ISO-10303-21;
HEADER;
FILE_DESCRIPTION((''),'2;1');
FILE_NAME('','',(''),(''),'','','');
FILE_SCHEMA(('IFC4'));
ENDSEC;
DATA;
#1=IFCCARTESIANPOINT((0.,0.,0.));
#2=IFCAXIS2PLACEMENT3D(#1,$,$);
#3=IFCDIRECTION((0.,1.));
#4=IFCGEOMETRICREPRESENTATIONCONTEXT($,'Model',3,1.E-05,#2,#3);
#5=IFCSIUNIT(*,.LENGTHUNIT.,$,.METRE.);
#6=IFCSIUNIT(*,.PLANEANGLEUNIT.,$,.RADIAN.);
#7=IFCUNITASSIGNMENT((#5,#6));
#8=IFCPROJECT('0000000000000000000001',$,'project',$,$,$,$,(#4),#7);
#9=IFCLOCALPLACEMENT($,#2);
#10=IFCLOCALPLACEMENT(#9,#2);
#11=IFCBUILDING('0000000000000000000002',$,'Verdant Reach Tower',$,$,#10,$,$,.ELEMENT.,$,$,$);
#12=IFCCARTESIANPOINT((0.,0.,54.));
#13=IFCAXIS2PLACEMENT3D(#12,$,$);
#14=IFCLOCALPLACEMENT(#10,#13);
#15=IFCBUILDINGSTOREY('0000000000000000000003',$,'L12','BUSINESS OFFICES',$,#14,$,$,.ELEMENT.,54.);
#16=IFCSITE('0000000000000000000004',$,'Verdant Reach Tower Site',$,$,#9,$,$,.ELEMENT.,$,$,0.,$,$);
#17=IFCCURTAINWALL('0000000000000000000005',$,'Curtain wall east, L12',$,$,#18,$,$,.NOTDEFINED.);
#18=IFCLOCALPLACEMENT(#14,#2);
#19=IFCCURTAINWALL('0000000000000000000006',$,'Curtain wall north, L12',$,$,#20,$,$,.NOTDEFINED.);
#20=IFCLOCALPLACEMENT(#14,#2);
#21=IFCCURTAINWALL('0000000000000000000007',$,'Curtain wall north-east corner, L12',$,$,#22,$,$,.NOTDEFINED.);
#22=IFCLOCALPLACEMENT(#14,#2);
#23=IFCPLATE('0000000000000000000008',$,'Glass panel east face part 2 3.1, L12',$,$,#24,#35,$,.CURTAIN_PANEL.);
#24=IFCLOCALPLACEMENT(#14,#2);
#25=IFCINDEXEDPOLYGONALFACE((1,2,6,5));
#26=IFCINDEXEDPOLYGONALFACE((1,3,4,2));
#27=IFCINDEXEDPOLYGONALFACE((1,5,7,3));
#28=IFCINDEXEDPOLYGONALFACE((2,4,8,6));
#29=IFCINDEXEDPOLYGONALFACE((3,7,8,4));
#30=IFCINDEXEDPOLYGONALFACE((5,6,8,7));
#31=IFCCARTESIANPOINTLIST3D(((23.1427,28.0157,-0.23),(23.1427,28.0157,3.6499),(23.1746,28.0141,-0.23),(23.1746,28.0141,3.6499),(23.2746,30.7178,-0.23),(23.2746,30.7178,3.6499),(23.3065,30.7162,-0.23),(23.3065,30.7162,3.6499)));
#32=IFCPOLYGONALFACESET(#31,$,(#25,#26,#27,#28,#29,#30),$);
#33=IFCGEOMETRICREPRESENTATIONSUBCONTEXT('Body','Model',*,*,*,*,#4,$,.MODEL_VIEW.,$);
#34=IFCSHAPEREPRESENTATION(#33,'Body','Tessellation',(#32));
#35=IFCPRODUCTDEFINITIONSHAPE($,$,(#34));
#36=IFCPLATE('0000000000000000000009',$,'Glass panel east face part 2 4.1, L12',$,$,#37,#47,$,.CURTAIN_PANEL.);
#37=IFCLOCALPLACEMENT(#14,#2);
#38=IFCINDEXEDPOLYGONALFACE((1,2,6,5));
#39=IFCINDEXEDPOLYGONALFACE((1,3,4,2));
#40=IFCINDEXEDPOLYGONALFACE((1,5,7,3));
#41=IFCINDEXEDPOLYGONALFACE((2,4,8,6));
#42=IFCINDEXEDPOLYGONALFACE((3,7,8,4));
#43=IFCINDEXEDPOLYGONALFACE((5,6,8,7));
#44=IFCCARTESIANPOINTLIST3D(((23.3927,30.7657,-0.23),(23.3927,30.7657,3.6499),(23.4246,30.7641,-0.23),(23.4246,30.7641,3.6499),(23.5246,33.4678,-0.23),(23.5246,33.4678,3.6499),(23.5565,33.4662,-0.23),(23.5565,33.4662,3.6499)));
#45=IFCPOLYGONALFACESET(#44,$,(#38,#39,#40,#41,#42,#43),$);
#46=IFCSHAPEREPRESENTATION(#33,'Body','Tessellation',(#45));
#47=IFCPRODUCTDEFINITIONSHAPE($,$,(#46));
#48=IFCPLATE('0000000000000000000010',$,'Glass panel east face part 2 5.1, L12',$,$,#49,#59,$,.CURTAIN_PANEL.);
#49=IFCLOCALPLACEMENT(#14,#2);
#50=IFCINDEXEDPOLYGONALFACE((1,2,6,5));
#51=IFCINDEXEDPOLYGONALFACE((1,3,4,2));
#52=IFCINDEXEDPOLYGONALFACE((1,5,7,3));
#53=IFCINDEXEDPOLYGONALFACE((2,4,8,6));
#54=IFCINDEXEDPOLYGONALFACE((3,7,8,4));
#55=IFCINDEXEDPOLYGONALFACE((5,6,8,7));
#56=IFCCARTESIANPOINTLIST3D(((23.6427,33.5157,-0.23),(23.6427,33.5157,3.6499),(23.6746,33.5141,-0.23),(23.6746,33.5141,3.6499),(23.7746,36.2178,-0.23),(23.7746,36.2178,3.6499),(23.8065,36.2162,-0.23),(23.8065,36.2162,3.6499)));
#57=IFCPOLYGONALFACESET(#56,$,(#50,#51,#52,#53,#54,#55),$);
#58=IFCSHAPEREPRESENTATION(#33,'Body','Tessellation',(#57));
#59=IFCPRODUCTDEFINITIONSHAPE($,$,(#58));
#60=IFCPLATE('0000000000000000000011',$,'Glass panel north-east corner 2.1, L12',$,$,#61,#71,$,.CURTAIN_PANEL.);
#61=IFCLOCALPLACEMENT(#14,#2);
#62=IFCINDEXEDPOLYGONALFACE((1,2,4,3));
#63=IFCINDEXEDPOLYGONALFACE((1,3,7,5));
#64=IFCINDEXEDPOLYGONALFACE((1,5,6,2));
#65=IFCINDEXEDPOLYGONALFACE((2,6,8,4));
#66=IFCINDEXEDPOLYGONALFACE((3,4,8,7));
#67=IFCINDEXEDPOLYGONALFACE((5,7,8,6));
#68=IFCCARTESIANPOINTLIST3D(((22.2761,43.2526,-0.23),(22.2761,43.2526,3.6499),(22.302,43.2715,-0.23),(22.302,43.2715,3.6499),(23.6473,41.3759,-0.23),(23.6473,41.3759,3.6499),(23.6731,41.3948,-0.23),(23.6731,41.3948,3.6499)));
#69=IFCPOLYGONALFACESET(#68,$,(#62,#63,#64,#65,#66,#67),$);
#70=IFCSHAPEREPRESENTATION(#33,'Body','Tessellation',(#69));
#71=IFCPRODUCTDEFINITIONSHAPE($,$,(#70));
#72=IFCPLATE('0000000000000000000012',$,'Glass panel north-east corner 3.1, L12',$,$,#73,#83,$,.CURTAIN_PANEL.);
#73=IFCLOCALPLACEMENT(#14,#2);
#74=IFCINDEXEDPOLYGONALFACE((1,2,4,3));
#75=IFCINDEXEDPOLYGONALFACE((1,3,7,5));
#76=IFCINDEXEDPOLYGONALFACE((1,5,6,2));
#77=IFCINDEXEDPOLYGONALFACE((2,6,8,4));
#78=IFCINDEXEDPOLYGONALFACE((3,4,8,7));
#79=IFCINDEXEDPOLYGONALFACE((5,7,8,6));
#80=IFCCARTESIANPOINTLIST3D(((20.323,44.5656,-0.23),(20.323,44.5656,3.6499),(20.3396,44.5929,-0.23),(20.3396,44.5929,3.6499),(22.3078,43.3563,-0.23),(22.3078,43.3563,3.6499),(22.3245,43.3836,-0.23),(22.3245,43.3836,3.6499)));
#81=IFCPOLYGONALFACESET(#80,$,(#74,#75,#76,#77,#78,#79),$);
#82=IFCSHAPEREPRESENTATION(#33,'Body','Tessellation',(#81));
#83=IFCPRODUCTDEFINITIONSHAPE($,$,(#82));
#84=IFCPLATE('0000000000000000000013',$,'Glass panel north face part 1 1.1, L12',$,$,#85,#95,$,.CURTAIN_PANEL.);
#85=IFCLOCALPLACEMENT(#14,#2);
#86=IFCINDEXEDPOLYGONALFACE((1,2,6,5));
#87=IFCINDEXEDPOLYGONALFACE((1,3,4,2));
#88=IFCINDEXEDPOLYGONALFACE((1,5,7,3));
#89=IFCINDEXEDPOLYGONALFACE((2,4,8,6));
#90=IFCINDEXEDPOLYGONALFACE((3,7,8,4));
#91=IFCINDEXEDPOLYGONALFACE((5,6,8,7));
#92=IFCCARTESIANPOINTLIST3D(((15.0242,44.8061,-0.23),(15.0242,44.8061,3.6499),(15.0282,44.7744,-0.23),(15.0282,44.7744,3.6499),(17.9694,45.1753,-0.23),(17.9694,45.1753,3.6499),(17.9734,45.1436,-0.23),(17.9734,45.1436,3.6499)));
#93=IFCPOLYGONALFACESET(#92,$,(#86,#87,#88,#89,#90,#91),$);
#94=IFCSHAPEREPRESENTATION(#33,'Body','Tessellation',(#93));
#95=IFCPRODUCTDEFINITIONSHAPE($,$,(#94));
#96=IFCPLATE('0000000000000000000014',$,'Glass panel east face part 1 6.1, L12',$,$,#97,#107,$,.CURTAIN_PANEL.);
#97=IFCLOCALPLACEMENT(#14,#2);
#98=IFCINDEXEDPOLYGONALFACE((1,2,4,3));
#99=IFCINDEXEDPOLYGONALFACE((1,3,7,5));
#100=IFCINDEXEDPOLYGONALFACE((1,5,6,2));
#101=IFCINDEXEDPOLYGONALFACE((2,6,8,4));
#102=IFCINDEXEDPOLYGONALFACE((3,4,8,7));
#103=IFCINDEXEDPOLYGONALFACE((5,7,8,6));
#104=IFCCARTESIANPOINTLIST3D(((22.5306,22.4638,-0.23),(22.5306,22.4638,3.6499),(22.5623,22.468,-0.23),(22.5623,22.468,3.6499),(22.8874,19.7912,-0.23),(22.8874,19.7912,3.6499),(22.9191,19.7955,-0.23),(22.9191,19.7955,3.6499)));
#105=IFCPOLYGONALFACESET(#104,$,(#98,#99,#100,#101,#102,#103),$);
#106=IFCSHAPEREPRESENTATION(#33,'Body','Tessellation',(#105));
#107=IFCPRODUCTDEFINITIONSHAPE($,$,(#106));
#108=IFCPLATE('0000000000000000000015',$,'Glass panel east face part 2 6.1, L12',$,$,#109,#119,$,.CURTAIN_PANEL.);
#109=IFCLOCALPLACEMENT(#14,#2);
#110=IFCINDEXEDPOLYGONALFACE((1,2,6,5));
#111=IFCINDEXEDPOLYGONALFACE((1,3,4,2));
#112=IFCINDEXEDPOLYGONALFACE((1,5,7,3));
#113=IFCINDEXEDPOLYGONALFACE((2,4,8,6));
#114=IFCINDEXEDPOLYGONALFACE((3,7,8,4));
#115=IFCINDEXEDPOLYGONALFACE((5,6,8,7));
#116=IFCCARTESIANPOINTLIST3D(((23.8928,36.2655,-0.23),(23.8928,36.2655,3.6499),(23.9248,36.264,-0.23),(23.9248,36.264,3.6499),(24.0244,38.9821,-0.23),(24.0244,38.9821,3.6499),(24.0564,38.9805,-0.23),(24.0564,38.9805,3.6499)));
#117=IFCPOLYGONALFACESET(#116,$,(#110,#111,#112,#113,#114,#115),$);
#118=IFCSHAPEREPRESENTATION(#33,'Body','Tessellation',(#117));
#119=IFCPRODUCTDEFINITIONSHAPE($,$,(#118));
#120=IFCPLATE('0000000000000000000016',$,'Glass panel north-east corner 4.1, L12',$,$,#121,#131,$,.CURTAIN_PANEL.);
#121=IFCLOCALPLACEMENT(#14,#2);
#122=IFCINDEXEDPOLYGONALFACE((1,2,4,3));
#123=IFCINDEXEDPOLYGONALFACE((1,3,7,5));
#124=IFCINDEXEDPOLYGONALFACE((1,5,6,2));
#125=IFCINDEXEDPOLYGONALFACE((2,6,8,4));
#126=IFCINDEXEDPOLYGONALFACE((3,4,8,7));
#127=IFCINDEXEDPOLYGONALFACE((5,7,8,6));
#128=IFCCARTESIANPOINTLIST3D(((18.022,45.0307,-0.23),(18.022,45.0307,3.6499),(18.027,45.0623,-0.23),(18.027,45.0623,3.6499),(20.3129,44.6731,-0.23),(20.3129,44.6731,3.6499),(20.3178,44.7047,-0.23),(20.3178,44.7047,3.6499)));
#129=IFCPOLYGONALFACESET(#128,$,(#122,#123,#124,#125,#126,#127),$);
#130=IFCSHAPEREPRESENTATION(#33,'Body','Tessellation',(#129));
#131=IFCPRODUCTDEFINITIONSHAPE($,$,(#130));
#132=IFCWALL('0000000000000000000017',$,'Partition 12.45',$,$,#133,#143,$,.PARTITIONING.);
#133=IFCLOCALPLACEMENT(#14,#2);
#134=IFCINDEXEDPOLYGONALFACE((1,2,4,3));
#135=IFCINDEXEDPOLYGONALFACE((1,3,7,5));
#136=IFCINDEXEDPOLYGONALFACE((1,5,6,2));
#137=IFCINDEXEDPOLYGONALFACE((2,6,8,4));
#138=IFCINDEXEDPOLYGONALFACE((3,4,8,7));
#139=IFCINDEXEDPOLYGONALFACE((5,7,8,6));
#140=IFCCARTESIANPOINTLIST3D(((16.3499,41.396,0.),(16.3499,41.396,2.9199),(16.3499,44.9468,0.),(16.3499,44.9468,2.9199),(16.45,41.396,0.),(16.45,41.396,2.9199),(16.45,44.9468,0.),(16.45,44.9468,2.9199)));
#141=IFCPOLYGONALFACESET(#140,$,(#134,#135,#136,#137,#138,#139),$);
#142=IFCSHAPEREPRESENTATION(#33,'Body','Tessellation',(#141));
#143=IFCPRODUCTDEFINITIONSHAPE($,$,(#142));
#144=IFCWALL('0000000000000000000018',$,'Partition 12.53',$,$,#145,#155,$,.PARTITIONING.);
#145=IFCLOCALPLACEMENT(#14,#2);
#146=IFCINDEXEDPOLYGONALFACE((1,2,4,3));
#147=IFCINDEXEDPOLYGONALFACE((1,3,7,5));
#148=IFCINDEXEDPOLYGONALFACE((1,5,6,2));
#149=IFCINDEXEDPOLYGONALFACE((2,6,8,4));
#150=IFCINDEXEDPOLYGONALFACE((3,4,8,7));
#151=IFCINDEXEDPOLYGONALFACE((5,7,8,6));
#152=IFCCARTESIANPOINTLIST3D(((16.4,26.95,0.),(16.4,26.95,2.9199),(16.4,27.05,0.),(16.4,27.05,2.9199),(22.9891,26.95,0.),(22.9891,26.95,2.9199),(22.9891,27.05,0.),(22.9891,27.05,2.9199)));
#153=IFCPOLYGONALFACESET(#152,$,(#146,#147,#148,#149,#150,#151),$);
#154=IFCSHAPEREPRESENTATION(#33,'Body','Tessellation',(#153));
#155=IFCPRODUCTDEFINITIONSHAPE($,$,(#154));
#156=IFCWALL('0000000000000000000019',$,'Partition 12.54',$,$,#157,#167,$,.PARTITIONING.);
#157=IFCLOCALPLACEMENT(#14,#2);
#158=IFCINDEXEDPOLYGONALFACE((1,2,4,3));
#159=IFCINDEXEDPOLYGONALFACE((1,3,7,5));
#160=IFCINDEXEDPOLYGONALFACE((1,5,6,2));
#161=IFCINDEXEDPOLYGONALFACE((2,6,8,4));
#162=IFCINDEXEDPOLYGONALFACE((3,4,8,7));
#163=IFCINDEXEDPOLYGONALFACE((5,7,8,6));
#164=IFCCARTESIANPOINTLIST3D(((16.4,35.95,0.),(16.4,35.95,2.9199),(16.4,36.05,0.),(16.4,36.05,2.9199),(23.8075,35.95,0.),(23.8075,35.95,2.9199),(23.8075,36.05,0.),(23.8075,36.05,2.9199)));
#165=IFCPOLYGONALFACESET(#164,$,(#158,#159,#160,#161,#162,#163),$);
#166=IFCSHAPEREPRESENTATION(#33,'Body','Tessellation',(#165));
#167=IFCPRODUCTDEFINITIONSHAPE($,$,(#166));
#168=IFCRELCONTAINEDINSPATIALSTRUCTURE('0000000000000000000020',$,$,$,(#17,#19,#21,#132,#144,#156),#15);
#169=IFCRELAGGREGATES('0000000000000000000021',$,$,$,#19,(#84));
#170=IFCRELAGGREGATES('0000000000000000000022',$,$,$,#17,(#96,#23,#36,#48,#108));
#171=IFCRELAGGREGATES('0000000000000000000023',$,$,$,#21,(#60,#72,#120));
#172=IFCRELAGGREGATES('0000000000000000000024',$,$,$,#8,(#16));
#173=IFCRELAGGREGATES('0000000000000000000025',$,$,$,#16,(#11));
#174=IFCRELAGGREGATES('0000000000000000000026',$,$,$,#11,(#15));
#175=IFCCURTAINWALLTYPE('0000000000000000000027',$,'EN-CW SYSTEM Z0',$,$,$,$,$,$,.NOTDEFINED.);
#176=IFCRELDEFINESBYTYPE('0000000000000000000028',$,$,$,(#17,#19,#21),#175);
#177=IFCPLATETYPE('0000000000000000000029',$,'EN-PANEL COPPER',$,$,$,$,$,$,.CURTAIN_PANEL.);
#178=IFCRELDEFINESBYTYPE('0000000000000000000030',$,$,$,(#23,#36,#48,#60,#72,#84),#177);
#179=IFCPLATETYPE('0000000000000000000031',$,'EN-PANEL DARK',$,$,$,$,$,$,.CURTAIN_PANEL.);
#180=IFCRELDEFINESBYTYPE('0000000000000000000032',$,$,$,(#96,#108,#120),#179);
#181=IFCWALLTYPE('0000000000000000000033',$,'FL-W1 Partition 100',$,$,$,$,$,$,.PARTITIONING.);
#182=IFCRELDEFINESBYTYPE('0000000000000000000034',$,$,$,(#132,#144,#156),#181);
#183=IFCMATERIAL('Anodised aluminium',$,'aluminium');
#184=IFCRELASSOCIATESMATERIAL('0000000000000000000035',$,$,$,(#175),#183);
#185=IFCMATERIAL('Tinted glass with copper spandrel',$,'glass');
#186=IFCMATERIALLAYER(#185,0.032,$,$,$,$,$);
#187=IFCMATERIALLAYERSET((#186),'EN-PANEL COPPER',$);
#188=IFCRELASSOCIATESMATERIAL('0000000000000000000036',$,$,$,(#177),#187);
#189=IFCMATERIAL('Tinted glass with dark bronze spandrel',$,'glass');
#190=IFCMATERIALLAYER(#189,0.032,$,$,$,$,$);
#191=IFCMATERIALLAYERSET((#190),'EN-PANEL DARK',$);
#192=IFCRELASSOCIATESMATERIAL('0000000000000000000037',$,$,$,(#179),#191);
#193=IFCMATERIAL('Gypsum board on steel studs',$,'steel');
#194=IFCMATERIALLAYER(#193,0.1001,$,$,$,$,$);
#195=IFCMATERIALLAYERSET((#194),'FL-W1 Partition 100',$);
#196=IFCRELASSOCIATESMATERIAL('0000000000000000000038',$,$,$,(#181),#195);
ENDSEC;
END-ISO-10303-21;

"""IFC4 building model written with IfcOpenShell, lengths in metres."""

from ifc_helpers import new_model, si_unit, direction, frame, frame_2d, origin, origin_2d, place, context, subcontext, project, spatial, rectangle, extrude, material, layer, layer_set, type_object, element, aggregate, save


model = new_model("IFC4")

# Units and contexts
model_context = context("Model", 3, precision=1e-05, world=origin(), true_north=direction((0.0, 1.0)))
body_context = subcontext(model_context, "Body", "Model", "MODEL_VIEW")
ifc_project = project(units=[si_unit("LENGTHUNIT", "METRE"), si_unit("PLANEANGLEUNIT", "RADIAN")], contexts=[model_context])

# Site, building, storey
site_placement = place(None, origin())
site = spatial("IfcSite", under=ifc_project, at=site_placement, Name="Verdant Reach Tower Site", CompositionType="ELEMENT", RefElevation=0.0)
building_placement = place(site_placement, origin())
building = spatial("IfcBuilding", under=site, at=building_placement, Name="Verdant Reach Tower", CompositionType="ELEMENT")
storey_placement = place(building_placement, frame((0.0, 0.0, 54.0)))
storey = spatial("IfcBuildingStorey", under=building, at=storey_placement, Name="L12", Description="BUSINESS OFFICES", CompositionType="ELEMENT", Elevation=54.0)

# Curtain walls
ifc_material_1 = material(Name="Anodised aluminium", Category="aluminium")
curtain_wall_type = type_object("IfcCurtainWallType", Name="EN-CW SYSTEM Z0", PredefinedType="NOTDEFINED", material=ifc_material_1)
curtain_wall_1_placement = place(storey_placement, origin())
curtain_wall_1 = element("IfcCurtainWall", 1, at=curtain_wall_1_placement, inside=storey, type_object=curtain_wall_type, Name="Curtain wall east, L12", PredefinedType="NOTDEFINED")
curtain_wall_2_placement = place(storey_placement, origin())
curtain_wall_2 = element("IfcCurtainWall", 2, at=curtain_wall_2_placement, inside=storey, type_object=curtain_wall_type, Name="Curtain wall north, L12", PredefinedType="NOTDEFINED")

# Curtain wall
curtain_wall_3_placement = place(storey_placement, origin())
curtain_wall_3 = element("IfcCurtainWall", 3, at=curtain_wall_3_placement, inside=storey, type_object=curtain_wall_type, Name="Curtain wall north-east corner, L12", PredefinedType="NOTDEFINED")

# Plates
ifc_material_2 = material(Name="Tinted glass with copper spandrel", Category="glass")
ifc_layer_1 = layer(ifc_material_2, 0.032)
ifc_layer_set_1 = layer_set([ifc_layer_1], Name="EN-PANEL COPPER")
plate_type_1 = type_object("IfcPlateType", Name="EN-PANEL COPPER", PredefinedType="CURTAIN_PANEL", material=ifc_layer_set_1)
plate_1_placement = place(storey_placement, frame((23.2246, 29.366, -0.23), z_axis=(0.0, 0.0, 1.0), x_axis=(0.048753, 0.998811, 0.0)))
plate_1 = element("IfcPlate", 4, at=plate_1_placement, type_object=plate_type_1, Name="Glass panel east face part 2 3.1, L12", PredefinedType="CURTAIN_PANEL", context=body_context, shape_type="SweptSolid", body=[
    extrude(rectangle(XDim=2.7053, YDim=0.032, at=origin_2d()), origin(), (0.0, 0.0, 1.0), 3.8799),
])
plate_2_placement = place(storey_placement, frame((23.4746, 32.116, -0.23), z_axis=(0.0, 0.0, 1.0), x_axis=(0.048753, 0.998811, 0.0)))
plate_2 = element("IfcPlate", 5, at=plate_2_placement, type_object=plate_type_1, Name="Glass panel east face part 2 4.1, L12", PredefinedType="CURTAIN_PANEL", context=body_context, shape_type="SweptSolid", body=[
    extrude(rectangle(XDim=2.7053, YDim=0.032, at=origin_2d()), origin(), (0.0, 0.0, 1.0), 3.8799),
])
plate_3_placement = place(storey_placement, frame((23.7246, 34.866, -0.23), z_axis=(0.0, 0.0, 1.0), x_axis=(0.048753, 0.998811, 0.0)))
plate_3 = element("IfcPlate", 6, at=plate_3_placement, type_object=plate_type_1, Name="Glass panel east face part 2 5.1, L12", PredefinedType="CURTAIN_PANEL", context=body_context, shape_type="SweptSolid", body=[
    extrude(rectangle(XDim=2.7053, YDim=0.032, at=origin_2d()), origin(), (0.0, 0.0, 1.0), 3.8799),
])
plate_4_placement = place(storey_placement, frame((22.9746, 42.3237, -0.23), z_axis=(0.0, 0.0, 1.0), x_axis=(-0.589927, 0.807457, 0.0)))
plate_4 = element("IfcPlate", 7, at=plate_4_placement, type_object=plate_type_1, Name="Glass panel north-east corner 2.1, L12", PredefinedType="CURTAIN_PANEL", context=body_context, shape_type="SweptSolid", body=[
    extrude(rectangle(XDim=2.3242, YDim=0.032, at=origin_2d()), origin(), (0.0, 0.0, 1.0), 3.8799),
])
plate_5_placement = place(storey_placement, frame((21.3237, 43.9746, -0.23), z_axis=(0.0, 0.0, 1.0), x_axis=(-0.853989, 0.520292, 0.0)))
plate_5 = element("IfcPlate", 8, at=plate_5_placement, type_object=plate_type_1, Name="Glass panel north-east corner 3.1, L12", PredefinedType="CURTAIN_PANEL", context=body_context, shape_type="SweptSolid", body=[
    extrude(rectangle(XDim=2.3242, YDim=0.032, at=origin_2d()), origin(), (0.0, 0.0, 1.0), 3.8799),
])
plate_6_placement = place(storey_placement, frame((16.4988, 44.9749, -0.23), z_axis=(0.0, 0.0, 1.0), x_axis=(-0.992234, -0.124384, 0.0)))
plate_6 = element("IfcPlate", 9, at=plate_6_placement, type_object=plate_type_1, Name="Glass panel north face part 1 1.1, L12", PredefinedType="CURTAIN_PANEL", context=body_context, shape_type="SweptSolid", body=[
    extrude(rectangle(XDim=2.9683, YDim=0.032, at=origin_2d()), origin(), (0.0, 0.0, 1.0), 3.8799),
])
aggregate(curtain_wall_2, [plate_6])
ifc_material_3 = material(Name="Tinted glass with dark bronze spandrel", Category="glass")
ifc_layer_2 = layer(ifc_material_3, 0.032)
ifc_layer_set_2 = layer_set([ifc_layer_2], Name="EN-PANEL DARK")
plate_type_2 = type_object("IfcPlateType", Name="EN-PANEL DARK", PredefinedType="CURTAIN_PANEL", material=ifc_layer_set_2)
plate_7_placement = place(storey_placement, frame((22.7249, 21.1296, -0.23), z_axis=(0.0, 0.0, 1.0), x_axis=(-0.132308, 0.991209, 0.0)))
plate_7 = element("IfcPlate", 10, at=plate_7_placement, type_object=plate_type_2, Name="Glass panel east face part 1 6.1, L12", PredefinedType="CURTAIN_PANEL", context=body_context, shape_type="SweptSolid", body=[
    extrude(rectangle(XDim=2.6963, YDim=0.032, at=origin_2d()), origin(), (0.0, 0.0, 1.0), 3.8799),
])
plate_8_placement = place(storey_placement, frame((23.9746, 37.623, -0.23), z_axis=(0.0, 0.0, 1.0), x_axis=(0.048383, 0.998829, 0.0)))
plate_8 = element("IfcPlate", 11, at=plate_8_placement, type_object=plate_type_2, Name="Glass panel east face part 2 6.1, L12", PredefinedType="CURTAIN_PANEL", context=body_context, shape_type="SweptSolid", body=[
    extrude(rectangle(XDim=2.7197, YDim=0.032, at=origin_2d()), origin(), (0.0, 0.0, 1.0), 3.8799),
])
aggregate(curtain_wall_1, [plate_7, plate_1, plate_2, plate_3, plate_8])
plate_9_placement = place(storey_placement, frame((19.1699, 44.8677, -0.23), z_axis=(0.0, 0.0, 1.0), x_axis=(-0.988035, 0.154233, 0.0)))
plate_9 = element("IfcPlate", 12, at=plate_9_placement, type_object=plate_type_2, Name="Glass panel north-east corner 4.1, L12", PredefinedType="CURTAIN_PANEL", context=body_context, shape_type="SweptSolid", body=[
    extrude(rectangle(XDim=2.3186, YDim=0.032, at=origin_2d()), origin(), (0.0, 0.0, 1.0), 3.8799),
])
aggregate(curtain_wall_3, [plate_4, plate_5, plate_9])

# Walls
ifc_material_4 = material(Name="Gypsum board on steel studs", Category="steel")
ifc_layer_3 = layer(ifc_material_4, 0.1001)
ifc_layer_set_3 = layer_set([ifc_layer_3], Name="FL-W1 Partition 100")
wall_type_1 = type_object("IfcWallType", Name="FL-W1 Partition 100", PredefinedType="PARTITIONING", material=ifc_layer_set_3)
wall_1_placement = place(storey_placement, frame((16.3999, 41.396, 0.0), z_axis=(0.0, 0.0, 1.0), x_axis=(0.0, 1.0, 0.0)))
element("IfcWall", 13, at=wall_1_placement, inside=storey, type_object=wall_type_1, Name="Partition 12.45", PredefinedType="PARTITIONING", context=body_context, shape_type="SweptSolid", body=[
    extrude(rectangle(XDim=3.5508, YDim=0.1001, at=frame_2d((1.7754, 0.0))), origin(), (0.0, 0.0, 1.0), 2.9199),
])
wall_2_placement = place(storey_placement, frame((22.989, 27.0, 0.0), z_axis=(0.0, 0.0, 1.0), x_axis=(-1.0, 0.0, 0.0)))
element("IfcWall", 14, at=wall_2_placement, inside=storey, type_object=wall_type_1, Name="Partition 12.53", PredefinedType="PARTITIONING", context=body_context, shape_type="SweptSolid", body=[
    extrude(rectangle(XDim=6.5891, YDim=0.1001, at=frame_2d((3.2944, 0.0))), origin(), (0.0, 0.0, 1.0), 2.9199),
])
wall_3_placement = place(storey_placement, frame((23.8074, 36.0, 0.0), z_axis=(0.0, 0.0, 1.0), x_axis=(-1.0, 0.0, 0.0)))
element("IfcWall", 15, at=wall_3_placement, inside=storey, type_object=wall_type_1, Name="Partition 12.54", PredefinedType="PARTITIONING", context=body_context, shape_type="SweptSolid", body=[
    extrude(rectangle(XDim=7.4075, YDim=0.1001, at=frame_2d((3.7036, 0.0))), origin(), (0.0, 0.0, 1.0), 2.9199),
])

save(model, "model.ifc")
